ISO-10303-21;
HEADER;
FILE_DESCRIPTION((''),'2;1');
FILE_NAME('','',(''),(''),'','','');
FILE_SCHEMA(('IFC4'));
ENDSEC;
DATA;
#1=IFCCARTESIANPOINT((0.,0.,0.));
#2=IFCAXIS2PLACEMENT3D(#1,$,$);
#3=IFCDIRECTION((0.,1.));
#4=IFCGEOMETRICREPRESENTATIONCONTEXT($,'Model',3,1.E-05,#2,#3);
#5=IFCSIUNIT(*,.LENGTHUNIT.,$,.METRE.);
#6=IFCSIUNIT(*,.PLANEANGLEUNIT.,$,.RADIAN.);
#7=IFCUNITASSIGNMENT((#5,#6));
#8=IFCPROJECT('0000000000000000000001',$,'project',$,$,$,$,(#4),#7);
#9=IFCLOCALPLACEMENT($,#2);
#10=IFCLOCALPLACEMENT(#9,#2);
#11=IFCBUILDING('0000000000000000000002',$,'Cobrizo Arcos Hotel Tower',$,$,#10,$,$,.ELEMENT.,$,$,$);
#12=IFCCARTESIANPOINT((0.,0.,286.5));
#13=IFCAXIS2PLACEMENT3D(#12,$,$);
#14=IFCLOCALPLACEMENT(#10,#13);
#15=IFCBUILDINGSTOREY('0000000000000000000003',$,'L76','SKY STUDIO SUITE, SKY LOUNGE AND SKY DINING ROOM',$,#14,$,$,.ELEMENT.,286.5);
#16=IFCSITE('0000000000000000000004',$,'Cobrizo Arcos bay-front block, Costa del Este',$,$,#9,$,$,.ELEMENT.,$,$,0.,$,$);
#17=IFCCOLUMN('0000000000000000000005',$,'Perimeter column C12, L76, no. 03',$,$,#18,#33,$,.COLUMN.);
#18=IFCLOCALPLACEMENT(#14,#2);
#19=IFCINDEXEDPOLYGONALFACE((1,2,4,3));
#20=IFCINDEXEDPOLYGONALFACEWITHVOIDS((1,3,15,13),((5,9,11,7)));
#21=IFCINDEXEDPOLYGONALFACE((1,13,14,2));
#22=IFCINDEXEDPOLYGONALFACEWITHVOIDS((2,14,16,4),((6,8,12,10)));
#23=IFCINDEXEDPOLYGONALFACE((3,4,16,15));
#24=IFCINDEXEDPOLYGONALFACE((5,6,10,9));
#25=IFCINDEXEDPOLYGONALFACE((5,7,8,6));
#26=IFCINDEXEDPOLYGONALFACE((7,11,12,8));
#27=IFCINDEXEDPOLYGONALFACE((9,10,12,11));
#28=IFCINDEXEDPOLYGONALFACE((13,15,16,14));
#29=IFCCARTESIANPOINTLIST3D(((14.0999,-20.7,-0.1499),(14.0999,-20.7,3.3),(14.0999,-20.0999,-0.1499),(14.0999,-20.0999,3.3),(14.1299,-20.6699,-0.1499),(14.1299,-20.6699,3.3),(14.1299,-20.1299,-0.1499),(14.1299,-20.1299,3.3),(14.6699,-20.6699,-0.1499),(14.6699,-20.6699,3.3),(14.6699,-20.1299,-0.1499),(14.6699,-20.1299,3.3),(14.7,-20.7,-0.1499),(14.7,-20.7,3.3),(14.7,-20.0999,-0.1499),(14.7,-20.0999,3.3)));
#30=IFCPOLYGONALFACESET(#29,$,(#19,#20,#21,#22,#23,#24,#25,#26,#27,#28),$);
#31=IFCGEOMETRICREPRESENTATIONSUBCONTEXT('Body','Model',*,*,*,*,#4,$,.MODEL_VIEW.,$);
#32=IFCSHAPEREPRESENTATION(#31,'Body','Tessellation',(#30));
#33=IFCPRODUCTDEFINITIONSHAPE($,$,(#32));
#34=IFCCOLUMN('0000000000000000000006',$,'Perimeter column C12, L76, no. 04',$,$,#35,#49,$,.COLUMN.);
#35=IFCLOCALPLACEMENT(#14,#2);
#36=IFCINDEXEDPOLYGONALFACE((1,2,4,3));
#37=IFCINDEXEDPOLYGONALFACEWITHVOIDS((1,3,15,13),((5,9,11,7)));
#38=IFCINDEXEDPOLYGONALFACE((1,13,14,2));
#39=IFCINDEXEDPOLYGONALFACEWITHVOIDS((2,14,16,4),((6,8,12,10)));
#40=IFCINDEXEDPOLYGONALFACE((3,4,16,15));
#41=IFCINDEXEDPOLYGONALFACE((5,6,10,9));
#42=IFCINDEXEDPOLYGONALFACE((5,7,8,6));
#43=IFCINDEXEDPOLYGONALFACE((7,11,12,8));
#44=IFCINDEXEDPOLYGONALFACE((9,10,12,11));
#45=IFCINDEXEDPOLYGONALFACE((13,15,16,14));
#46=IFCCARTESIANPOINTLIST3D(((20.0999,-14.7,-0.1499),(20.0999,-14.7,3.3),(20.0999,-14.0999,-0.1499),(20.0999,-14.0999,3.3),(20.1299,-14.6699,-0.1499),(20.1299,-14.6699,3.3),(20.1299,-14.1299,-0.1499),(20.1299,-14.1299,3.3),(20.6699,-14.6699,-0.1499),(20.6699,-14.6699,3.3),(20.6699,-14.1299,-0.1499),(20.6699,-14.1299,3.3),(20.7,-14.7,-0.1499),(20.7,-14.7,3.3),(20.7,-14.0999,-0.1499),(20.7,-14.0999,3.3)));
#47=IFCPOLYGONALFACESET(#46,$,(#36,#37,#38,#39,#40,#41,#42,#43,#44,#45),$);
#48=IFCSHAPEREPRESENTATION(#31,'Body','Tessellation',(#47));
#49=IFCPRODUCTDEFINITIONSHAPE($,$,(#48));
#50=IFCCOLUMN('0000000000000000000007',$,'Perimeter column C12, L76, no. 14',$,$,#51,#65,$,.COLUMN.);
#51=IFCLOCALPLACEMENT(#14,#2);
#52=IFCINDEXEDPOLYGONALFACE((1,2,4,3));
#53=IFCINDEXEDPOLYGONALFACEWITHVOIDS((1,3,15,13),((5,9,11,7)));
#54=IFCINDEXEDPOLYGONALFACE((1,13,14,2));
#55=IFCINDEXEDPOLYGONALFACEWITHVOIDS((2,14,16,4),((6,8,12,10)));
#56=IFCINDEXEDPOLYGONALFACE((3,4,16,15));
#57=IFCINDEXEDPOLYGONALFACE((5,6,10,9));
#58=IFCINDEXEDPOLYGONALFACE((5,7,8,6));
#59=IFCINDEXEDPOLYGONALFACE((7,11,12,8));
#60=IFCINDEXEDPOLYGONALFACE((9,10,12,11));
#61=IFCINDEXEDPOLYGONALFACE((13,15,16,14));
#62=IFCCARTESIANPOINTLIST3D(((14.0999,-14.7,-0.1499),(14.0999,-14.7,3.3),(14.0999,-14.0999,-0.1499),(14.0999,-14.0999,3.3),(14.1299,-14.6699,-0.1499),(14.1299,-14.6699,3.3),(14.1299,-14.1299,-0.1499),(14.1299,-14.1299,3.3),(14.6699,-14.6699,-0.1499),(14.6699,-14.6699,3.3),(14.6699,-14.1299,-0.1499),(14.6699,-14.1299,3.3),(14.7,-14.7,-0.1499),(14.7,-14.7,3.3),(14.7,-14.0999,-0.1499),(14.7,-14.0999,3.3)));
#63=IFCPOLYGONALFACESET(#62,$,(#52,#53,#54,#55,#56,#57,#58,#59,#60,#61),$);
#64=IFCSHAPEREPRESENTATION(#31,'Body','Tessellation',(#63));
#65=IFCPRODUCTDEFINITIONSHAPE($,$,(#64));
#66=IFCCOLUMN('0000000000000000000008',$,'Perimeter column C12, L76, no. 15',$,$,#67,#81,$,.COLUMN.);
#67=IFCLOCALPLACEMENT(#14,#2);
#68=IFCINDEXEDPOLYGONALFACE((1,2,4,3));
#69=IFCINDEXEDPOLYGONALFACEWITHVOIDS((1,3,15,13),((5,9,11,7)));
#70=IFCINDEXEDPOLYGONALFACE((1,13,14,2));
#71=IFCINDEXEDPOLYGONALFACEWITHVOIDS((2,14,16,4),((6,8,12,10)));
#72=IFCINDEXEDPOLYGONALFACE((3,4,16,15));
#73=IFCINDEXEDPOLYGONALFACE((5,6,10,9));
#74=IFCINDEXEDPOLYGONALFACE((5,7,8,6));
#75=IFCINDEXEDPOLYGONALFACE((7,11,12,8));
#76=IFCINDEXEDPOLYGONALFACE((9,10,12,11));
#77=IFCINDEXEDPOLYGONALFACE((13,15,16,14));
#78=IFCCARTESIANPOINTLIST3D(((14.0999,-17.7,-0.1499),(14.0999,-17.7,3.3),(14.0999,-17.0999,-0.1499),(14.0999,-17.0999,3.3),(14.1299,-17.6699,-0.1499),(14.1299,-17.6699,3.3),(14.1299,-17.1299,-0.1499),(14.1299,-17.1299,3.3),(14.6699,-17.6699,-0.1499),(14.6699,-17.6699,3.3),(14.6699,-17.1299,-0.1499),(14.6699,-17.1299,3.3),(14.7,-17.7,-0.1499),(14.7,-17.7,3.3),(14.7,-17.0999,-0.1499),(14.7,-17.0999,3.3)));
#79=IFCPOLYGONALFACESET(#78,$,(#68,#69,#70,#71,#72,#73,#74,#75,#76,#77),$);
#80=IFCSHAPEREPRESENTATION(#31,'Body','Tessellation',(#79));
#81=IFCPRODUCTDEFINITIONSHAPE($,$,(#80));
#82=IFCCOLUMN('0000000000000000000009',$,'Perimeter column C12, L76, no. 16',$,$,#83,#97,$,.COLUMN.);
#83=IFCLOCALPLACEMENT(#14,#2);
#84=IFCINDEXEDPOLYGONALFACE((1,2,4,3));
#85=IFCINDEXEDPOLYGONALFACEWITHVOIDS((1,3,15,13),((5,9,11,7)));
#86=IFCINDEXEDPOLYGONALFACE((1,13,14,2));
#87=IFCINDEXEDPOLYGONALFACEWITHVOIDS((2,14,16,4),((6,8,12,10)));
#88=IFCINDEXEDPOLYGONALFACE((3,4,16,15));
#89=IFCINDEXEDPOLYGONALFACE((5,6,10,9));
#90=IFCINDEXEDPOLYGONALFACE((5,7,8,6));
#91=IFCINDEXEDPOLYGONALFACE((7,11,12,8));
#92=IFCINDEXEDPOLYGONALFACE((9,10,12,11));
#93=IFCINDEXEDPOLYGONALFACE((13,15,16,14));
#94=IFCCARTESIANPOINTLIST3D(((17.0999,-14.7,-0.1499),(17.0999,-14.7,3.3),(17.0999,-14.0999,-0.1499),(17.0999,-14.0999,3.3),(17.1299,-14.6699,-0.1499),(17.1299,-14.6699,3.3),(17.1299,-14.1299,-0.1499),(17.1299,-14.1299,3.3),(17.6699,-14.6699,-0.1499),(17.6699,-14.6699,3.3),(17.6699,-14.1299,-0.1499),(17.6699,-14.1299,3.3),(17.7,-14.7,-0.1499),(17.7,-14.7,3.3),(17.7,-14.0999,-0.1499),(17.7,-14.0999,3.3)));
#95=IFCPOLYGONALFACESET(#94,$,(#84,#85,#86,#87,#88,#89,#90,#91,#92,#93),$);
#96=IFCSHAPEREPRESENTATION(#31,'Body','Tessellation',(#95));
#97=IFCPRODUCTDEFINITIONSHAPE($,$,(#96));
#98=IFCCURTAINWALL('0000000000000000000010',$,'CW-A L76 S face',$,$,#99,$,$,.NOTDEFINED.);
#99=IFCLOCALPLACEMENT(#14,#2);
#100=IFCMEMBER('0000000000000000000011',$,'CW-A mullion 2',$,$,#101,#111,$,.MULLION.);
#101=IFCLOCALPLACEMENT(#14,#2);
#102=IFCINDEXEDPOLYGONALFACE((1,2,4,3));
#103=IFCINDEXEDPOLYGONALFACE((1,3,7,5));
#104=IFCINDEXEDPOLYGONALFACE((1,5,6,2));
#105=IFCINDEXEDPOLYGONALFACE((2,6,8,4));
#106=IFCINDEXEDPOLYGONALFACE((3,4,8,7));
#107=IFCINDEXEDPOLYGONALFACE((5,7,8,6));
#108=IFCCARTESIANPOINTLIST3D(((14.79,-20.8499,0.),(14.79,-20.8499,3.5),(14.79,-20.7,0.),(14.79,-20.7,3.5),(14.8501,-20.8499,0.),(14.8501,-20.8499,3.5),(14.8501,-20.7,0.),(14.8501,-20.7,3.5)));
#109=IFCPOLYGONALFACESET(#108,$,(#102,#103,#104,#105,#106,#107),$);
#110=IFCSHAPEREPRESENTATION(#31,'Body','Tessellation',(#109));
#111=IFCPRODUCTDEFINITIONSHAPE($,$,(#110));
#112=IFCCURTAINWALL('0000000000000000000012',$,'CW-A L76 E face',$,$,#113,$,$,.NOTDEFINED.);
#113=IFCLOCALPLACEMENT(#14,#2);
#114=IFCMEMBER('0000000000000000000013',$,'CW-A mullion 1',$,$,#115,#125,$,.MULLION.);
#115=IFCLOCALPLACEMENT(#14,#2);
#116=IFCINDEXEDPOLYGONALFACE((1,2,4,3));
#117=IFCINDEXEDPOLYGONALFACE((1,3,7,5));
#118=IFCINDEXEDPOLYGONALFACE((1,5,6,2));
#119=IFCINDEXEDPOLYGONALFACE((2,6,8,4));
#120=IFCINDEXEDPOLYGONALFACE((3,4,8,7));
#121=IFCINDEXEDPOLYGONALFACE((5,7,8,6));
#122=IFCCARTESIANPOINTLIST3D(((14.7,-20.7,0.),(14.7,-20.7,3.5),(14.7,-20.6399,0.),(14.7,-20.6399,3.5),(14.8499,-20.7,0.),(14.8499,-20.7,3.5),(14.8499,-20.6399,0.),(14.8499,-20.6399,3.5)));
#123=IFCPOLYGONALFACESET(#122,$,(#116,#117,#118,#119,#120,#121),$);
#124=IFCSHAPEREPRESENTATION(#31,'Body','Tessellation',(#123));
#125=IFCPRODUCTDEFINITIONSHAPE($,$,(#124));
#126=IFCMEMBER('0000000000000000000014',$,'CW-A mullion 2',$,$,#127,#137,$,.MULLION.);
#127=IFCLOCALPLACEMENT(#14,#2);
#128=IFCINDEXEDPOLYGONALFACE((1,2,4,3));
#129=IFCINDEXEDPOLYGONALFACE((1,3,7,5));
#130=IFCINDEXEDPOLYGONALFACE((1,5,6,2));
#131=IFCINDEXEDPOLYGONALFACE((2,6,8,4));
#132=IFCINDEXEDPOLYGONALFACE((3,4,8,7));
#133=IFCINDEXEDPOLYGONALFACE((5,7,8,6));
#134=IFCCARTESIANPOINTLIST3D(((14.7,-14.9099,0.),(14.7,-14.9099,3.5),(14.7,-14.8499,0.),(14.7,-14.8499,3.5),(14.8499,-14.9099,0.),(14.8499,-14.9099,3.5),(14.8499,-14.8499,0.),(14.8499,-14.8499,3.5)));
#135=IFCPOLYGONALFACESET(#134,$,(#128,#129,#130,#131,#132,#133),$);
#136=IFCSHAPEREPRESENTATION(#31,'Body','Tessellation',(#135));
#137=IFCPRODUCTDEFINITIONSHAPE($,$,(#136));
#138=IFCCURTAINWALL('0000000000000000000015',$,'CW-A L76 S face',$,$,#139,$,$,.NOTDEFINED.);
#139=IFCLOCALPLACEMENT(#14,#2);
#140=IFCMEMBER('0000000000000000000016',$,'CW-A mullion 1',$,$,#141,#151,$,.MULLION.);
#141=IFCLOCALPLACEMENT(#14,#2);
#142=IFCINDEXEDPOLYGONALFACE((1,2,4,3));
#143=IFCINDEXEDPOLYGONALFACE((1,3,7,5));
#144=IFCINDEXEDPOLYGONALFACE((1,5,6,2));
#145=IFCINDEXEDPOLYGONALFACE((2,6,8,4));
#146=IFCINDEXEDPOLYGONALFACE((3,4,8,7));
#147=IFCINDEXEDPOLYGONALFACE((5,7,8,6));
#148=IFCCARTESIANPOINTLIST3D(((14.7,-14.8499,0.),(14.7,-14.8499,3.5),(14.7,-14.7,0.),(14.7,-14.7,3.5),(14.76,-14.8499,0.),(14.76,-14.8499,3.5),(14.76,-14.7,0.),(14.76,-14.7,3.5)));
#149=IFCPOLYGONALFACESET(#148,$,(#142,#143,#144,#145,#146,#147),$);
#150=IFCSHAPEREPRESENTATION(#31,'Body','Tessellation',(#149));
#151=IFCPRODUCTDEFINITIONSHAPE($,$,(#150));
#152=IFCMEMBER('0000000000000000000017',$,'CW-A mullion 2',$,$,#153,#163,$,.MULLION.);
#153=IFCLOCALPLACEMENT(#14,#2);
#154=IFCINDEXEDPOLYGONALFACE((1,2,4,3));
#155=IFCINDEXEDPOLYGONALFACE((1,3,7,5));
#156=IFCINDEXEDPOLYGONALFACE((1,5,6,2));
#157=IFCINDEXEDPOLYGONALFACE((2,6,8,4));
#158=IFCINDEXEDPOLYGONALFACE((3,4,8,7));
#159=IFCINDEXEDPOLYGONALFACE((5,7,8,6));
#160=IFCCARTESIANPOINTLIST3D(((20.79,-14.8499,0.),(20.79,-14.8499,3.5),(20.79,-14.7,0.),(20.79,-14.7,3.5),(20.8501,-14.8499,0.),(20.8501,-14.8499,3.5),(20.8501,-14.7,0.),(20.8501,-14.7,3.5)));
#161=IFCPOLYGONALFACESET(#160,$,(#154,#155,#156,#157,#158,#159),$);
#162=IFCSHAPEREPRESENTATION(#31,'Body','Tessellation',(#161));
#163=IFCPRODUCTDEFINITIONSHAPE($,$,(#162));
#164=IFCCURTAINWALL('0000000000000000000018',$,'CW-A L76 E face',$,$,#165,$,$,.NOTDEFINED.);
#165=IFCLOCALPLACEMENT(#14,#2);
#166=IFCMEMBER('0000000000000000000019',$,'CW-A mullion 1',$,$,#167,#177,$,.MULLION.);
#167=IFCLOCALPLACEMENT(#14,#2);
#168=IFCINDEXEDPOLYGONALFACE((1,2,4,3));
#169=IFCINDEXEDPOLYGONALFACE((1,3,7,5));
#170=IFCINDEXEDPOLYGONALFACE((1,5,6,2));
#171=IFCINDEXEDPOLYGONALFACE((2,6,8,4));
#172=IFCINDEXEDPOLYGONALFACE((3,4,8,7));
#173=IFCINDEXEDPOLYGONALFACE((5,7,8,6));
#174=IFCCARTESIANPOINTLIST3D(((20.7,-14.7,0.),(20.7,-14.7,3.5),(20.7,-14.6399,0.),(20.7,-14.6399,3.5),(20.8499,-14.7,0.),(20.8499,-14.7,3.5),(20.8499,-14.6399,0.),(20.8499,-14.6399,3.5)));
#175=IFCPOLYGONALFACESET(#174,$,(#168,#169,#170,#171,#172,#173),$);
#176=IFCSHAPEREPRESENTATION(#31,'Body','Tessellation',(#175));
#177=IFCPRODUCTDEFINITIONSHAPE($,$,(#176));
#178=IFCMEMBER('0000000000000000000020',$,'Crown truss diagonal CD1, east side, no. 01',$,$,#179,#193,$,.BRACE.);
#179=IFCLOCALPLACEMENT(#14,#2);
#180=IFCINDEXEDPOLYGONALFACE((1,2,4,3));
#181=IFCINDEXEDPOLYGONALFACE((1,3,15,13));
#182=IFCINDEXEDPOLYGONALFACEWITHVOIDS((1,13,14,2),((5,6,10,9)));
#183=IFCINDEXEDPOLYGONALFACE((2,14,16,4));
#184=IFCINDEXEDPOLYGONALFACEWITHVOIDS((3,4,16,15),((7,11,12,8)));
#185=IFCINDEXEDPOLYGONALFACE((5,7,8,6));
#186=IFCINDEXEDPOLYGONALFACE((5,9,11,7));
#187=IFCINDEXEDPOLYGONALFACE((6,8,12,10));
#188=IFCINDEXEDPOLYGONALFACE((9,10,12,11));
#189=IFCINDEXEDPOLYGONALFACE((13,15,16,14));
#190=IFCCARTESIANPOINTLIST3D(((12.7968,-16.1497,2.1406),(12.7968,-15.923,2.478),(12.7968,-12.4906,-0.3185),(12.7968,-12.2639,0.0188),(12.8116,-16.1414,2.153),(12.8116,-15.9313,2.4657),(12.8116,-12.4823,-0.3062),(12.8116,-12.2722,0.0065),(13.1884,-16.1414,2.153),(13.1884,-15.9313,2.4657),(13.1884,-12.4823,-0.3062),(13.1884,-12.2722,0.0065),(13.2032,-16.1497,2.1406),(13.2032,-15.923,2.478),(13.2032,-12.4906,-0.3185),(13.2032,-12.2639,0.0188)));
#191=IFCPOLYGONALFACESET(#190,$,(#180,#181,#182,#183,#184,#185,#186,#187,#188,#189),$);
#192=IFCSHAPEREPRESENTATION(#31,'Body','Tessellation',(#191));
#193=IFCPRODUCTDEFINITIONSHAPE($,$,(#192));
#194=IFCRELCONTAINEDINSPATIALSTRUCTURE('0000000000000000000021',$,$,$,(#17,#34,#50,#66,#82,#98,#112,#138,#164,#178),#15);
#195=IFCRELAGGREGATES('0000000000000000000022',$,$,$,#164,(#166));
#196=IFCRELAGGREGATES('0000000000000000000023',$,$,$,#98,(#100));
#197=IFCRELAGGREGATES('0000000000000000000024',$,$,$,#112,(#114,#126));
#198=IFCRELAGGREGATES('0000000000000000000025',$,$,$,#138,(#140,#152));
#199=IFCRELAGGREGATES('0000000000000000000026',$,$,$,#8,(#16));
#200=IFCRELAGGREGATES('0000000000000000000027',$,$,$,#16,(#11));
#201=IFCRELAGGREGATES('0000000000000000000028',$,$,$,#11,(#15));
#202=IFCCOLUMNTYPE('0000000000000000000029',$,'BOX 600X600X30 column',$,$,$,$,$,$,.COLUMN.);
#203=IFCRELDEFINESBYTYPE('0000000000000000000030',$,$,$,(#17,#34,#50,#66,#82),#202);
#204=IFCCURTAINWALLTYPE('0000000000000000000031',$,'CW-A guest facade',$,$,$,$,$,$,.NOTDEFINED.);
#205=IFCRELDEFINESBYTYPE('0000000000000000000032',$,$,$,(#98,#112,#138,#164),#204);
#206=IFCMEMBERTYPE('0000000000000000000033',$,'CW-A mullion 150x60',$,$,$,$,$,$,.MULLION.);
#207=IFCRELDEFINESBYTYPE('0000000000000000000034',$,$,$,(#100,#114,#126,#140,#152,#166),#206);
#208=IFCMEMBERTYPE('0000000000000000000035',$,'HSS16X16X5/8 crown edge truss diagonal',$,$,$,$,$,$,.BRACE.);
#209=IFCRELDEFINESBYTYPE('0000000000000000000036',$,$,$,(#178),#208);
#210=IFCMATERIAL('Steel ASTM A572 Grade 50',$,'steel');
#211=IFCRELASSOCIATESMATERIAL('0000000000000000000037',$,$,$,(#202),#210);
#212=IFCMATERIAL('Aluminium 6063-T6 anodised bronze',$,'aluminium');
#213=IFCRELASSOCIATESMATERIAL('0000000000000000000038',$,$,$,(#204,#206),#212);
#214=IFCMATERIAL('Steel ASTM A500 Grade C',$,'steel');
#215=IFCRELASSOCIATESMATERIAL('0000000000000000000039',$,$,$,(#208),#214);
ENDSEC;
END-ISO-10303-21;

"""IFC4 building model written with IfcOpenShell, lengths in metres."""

from ifc_helpers import new_model, si_unit, direction, frame, origin, origin_2d, place, context, subcontext, project, spatial, rectangle, hollow_rectangle, extrude, material, material_profile, profile_set, type_object, element, aggregate, save


model = new_model("IFC4")

# Units and contexts
model_context = context("Model", 3, precision=1e-05, world=origin(), true_north=direction((0.0, 1.0)))
body_context = subcontext(model_context, "Body", "Model", "MODEL_VIEW")
ifc_project = project(units=[si_unit("LENGTHUNIT", "METRE"), si_unit("PLANEANGLEUNIT", "RADIAN")], contexts=[model_context])

# Site, building, storey
site_placement = place(None, origin())
site = spatial("IfcSite", under=ifc_project, at=site_placement, Name="Cobrizo Arcos bay-front block, Costa del Este", CompositionType="ELEMENT", RefElevation=0.0)
building_placement = place(site_placement, origin())
building = spatial("IfcBuilding", under=site, at=building_placement, Name="Cobrizo Arcos Hotel Tower", CompositionType="ELEMENT")
storey_placement = place(building_placement, frame((0.0, 0.0, 286.5)))
storey = spatial("IfcBuildingStorey", under=building, at=storey_placement, Name="L76", Description="SKY STUDIO SUITE, SKY LOUNGE AND SKY DINING ROOM", CompositionType="ELEMENT", Elevation=286.5)

# Columns
ifc_material_1 = material(Name="Steel ASTM A572 Grade 50", Category="steel")
ifc_material_profile_1 = material_profile(ifc_material_1, hollow_rectangle(XDim=0.6001, YDim=0.6001, WallThickness=0.03, at=origin_2d()), Name="BOX 600X600X30")
ifc_profile_set_1 = profile_set([ifc_material_profile_1], Name="Steel ASTM A572 Grade 50")
column_type = type_object("IfcColumnType", Name="BOX 600X600X30 column", PredefinedType="COLUMN", material=ifc_profile_set_1)
for number, where, z_axis, x_axis, name in (
    (1, (14.3999, -20.3999, -0.1499), (0.0, 0.0, 1.0), (1.0, 0.0, 0.0), "Perimeter column C12, L76, no. 03"),
    (2, (20.3999, -14.3999, -0.1499), (0.0, 0.0, 1.0), (1.0, 0.0, 0.0), "Perimeter column C12, L76, no. 04"),
    (3, (14.3999, -14.3999, -0.1499), (0.0, 0.0, 1.0), (1.0, 0.0, 0.0), "Perimeter column C12, L76, no. 14"),
    (4, (14.3999, -17.3999, -0.1499), (0.0, 0.0, 1.0), (1.0, 0.0, 0.0), "Perimeter column C12, L76, no. 15"),
    (5, (17.3999, -14.3999, -0.1499), (0.0, 0.0, 1.0), (1.0, 0.0, 0.0), "Perimeter column C12, L76, no. 16"),
):
    element("IfcColumn", number, at=place(storey_placement, frame(where, z_axis=z_axis, x_axis=x_axis)), inside=storey, type_object=column_type, Name=name, PredefinedType="COLUMN", context=body_context, shape_type="SweptSolid", body=[
        extrude(hollow_rectangle(XDim=0.6001, YDim=0.6001, WallThickness=0.03, at=origin_2d()), origin(), (0.0, 0.0, 1.0), 3.45),
    ])

# Curtain wall, member
ifc_material_2 = material(Name="Aluminium 6063-T6 anodised bronze", Category="aluminium")
curtain_wall_type = type_object("IfcCurtainWallType", Name="CW-A guest facade", PredefinedType="NOTDEFINED", material=ifc_material_2)
curtain_wall_1_placement = place(storey_placement, origin())
curtain_wall_1 = element("IfcCurtainWall", 6, at=curtain_wall_1_placement, inside=storey, type_object=curtain_wall_type, Name="CW-A L76 S face", PredefinedType="NOTDEFINED")
ifc_material_profile_2 = material_profile(ifc_material_2, rectangle(XDim=0.1499, YDim=0.0601, at=origin_2d()), Name="CW-A mullion 150x60")
ifc_profile_set_2 = profile_set([ifc_material_profile_2], Name="Aluminium 6063-T6 anodised bronze")
member_type_1 = type_object("IfcMemberType", Name="CW-A mullion 150x60", PredefinedType="MULLION", material=ifc_profile_set_2)
member_1_placement = place(storey_placement, frame((14.8201, -20.7749, 0.0), z_axis=(0.0, 0.0, 1.0), x_axis=(0.0, -1.0, 0.0)))
member_1 = element("IfcMember", 7, at=member_1_placement, type_object=member_type_1, Name="CW-A mullion 2", PredefinedType="MULLION", context=body_context, shape_type="SweptSolid", body=[
    extrude(rectangle(XDim=0.1499, YDim=0.0601, at=origin_2d()), origin(), (0.0, 0.0, 1.0), 3.5),
])

# Curtain walls, members
curtain_wall_2_placement = place(storey_placement, origin())
curtain_wall_2 = element("IfcCurtainWall", 8, at=curtain_wall_2_placement, inside=storey, type_object=curtain_wall_type, Name="CW-A L76 E face", PredefinedType="NOTDEFINED")
member_2_placement = place(storey_placement, frame((14.7749, -20.6699, 0.0), z_axis=(0.0, 0.0, 1.0), x_axis=(1.0, 0.0, 0.0)))
member_2 = element("IfcMember", 9, at=member_2_placement, type_object=member_type_1, Name="CW-A mullion 1", PredefinedType="MULLION", context=body_context, shape_type="SweptSolid", body=[
    extrude(rectangle(XDim=0.1499, YDim=0.0601, at=origin_2d()), origin(), (0.0, 0.0, 1.0), 3.5),
])
member_3_placement = place(storey_placement, frame((14.7749, -14.8799, 0.0), z_axis=(0.0, 0.0, 1.0), x_axis=(1.0, 0.0, 0.0)))
member_3 = element("IfcMember", 10, at=member_3_placement, type_object=member_type_1, Name="CW-A mullion 2", PredefinedType="MULLION", context=body_context, shape_type="SweptSolid", body=[
    extrude(rectangle(XDim=0.1499, YDim=0.0601, at=origin_2d()), origin(), (0.0, 0.0, 1.0), 3.5),
])
curtain_wall_3_placement = place(storey_placement, origin())
curtain_wall_3 = element("IfcCurtainWall", 11, at=curtain_wall_3_placement, inside=storey, type_object=curtain_wall_type, Name="CW-A L76 S face", PredefinedType="NOTDEFINED")
member_4_placement = place(storey_placement, frame((14.73, -14.7749, 0.0), z_axis=(0.0, 0.0, 1.0), x_axis=(0.0, -1.0, 0.0)))
member_4 = element("IfcMember", 12, at=member_4_placement, type_object=member_type_1, Name="CW-A mullion 1", PredefinedType="MULLION", context=body_context, shape_type="SweptSolid", body=[
    extrude(rectangle(XDim=0.1499, YDim=0.0601, at=origin_2d()), origin(), (0.0, 0.0, 1.0), 3.5),
])
member_5_placement = place(storey_placement, frame((20.8201, -14.7749, 0.0), z_axis=(0.0, 0.0, 1.0), x_axis=(0.0, -1.0, 0.0)))
member_5 = element("IfcMember", 13, at=member_5_placement, type_object=member_type_1, Name="CW-A mullion 2", PredefinedType="MULLION", context=body_context, shape_type="SweptSolid", body=[
    extrude(rectangle(XDim=0.1499, YDim=0.0601, at=origin_2d()), origin(), (0.0, 0.0, 1.0), 3.5),
])

# Curtain wall, member
curtain_wall_4_placement = place(storey_placement, origin())
curtain_wall_4 = element("IfcCurtainWall", 14, at=curtain_wall_4_placement, inside=storey, type_object=curtain_wall_type, Name="CW-A L76 E face", PredefinedType="NOTDEFINED")
member_6_placement = place(storey_placement, frame((20.7749, -14.6699, 0.0), z_axis=(0.0, 0.0, 1.0), x_axis=(1.0, 0.0, 0.0)))
member_6 = element("IfcMember", 15, at=member_6_placement, type_object=member_type_1, Name="CW-A mullion 1", PredefinedType="MULLION", context=body_context, shape_type="SweptSolid", body=[
    extrude(rectangle(XDim=0.1499, YDim=0.0601, at=origin_2d()), origin(), (0.0, 0.0, 1.0), 3.5),
])
aggregate(curtain_wall_4, [member_6])

# Member
ifc_material_3 = material(Name="Steel ASTM A500 Grade C", Category="steel")
ifc_material_profile_3 = material_profile(ifc_material_3, hollow_rectangle(XDim=0.4065, YDim=0.4065, WallThickness=0.0149, at=origin_2d()), Name="HSS16X16X5/8")
ifc_profile_set_3 = profile_set([ifc_material_profile_3], Name="Steel ASTM A500 Grade C")
member_type_2 = type_object("IfcMemberType", Name="HSS16X16X5/8 crown edge truss diagonal", PredefinedType="BRACE", material=ifc_profile_set_3)
member_7_placement = place(storey_placement, frame((13.0, -16.0364, 2.3093), z_axis=(0.0, 0.829974, -0.557802), x_axis=(-1.0, 0.0, 0.0)))
element("IfcMember", 16, at=member_7_placement, inside=storey, type_object=member_type_2, Name="Crown truss diagonal CD1, east side, no. 01", PredefinedType="BRACE", context=body_context, shape_type="SweptSolid", body=[
    extrude(hollow_rectangle(XDim=0.4065, YDim=0.4065, WallThickness=0.0149, at=origin_2d()), origin(), (0.0, 0.0, 1.0), 4.4087),
])

aggregate(curtain_wall_1, [member_1])
aggregate(curtain_wall_2, [member_2, member_3])
aggregate(curtain_wall_3, [member_4, member_5])

save(model, "model.ifc")
